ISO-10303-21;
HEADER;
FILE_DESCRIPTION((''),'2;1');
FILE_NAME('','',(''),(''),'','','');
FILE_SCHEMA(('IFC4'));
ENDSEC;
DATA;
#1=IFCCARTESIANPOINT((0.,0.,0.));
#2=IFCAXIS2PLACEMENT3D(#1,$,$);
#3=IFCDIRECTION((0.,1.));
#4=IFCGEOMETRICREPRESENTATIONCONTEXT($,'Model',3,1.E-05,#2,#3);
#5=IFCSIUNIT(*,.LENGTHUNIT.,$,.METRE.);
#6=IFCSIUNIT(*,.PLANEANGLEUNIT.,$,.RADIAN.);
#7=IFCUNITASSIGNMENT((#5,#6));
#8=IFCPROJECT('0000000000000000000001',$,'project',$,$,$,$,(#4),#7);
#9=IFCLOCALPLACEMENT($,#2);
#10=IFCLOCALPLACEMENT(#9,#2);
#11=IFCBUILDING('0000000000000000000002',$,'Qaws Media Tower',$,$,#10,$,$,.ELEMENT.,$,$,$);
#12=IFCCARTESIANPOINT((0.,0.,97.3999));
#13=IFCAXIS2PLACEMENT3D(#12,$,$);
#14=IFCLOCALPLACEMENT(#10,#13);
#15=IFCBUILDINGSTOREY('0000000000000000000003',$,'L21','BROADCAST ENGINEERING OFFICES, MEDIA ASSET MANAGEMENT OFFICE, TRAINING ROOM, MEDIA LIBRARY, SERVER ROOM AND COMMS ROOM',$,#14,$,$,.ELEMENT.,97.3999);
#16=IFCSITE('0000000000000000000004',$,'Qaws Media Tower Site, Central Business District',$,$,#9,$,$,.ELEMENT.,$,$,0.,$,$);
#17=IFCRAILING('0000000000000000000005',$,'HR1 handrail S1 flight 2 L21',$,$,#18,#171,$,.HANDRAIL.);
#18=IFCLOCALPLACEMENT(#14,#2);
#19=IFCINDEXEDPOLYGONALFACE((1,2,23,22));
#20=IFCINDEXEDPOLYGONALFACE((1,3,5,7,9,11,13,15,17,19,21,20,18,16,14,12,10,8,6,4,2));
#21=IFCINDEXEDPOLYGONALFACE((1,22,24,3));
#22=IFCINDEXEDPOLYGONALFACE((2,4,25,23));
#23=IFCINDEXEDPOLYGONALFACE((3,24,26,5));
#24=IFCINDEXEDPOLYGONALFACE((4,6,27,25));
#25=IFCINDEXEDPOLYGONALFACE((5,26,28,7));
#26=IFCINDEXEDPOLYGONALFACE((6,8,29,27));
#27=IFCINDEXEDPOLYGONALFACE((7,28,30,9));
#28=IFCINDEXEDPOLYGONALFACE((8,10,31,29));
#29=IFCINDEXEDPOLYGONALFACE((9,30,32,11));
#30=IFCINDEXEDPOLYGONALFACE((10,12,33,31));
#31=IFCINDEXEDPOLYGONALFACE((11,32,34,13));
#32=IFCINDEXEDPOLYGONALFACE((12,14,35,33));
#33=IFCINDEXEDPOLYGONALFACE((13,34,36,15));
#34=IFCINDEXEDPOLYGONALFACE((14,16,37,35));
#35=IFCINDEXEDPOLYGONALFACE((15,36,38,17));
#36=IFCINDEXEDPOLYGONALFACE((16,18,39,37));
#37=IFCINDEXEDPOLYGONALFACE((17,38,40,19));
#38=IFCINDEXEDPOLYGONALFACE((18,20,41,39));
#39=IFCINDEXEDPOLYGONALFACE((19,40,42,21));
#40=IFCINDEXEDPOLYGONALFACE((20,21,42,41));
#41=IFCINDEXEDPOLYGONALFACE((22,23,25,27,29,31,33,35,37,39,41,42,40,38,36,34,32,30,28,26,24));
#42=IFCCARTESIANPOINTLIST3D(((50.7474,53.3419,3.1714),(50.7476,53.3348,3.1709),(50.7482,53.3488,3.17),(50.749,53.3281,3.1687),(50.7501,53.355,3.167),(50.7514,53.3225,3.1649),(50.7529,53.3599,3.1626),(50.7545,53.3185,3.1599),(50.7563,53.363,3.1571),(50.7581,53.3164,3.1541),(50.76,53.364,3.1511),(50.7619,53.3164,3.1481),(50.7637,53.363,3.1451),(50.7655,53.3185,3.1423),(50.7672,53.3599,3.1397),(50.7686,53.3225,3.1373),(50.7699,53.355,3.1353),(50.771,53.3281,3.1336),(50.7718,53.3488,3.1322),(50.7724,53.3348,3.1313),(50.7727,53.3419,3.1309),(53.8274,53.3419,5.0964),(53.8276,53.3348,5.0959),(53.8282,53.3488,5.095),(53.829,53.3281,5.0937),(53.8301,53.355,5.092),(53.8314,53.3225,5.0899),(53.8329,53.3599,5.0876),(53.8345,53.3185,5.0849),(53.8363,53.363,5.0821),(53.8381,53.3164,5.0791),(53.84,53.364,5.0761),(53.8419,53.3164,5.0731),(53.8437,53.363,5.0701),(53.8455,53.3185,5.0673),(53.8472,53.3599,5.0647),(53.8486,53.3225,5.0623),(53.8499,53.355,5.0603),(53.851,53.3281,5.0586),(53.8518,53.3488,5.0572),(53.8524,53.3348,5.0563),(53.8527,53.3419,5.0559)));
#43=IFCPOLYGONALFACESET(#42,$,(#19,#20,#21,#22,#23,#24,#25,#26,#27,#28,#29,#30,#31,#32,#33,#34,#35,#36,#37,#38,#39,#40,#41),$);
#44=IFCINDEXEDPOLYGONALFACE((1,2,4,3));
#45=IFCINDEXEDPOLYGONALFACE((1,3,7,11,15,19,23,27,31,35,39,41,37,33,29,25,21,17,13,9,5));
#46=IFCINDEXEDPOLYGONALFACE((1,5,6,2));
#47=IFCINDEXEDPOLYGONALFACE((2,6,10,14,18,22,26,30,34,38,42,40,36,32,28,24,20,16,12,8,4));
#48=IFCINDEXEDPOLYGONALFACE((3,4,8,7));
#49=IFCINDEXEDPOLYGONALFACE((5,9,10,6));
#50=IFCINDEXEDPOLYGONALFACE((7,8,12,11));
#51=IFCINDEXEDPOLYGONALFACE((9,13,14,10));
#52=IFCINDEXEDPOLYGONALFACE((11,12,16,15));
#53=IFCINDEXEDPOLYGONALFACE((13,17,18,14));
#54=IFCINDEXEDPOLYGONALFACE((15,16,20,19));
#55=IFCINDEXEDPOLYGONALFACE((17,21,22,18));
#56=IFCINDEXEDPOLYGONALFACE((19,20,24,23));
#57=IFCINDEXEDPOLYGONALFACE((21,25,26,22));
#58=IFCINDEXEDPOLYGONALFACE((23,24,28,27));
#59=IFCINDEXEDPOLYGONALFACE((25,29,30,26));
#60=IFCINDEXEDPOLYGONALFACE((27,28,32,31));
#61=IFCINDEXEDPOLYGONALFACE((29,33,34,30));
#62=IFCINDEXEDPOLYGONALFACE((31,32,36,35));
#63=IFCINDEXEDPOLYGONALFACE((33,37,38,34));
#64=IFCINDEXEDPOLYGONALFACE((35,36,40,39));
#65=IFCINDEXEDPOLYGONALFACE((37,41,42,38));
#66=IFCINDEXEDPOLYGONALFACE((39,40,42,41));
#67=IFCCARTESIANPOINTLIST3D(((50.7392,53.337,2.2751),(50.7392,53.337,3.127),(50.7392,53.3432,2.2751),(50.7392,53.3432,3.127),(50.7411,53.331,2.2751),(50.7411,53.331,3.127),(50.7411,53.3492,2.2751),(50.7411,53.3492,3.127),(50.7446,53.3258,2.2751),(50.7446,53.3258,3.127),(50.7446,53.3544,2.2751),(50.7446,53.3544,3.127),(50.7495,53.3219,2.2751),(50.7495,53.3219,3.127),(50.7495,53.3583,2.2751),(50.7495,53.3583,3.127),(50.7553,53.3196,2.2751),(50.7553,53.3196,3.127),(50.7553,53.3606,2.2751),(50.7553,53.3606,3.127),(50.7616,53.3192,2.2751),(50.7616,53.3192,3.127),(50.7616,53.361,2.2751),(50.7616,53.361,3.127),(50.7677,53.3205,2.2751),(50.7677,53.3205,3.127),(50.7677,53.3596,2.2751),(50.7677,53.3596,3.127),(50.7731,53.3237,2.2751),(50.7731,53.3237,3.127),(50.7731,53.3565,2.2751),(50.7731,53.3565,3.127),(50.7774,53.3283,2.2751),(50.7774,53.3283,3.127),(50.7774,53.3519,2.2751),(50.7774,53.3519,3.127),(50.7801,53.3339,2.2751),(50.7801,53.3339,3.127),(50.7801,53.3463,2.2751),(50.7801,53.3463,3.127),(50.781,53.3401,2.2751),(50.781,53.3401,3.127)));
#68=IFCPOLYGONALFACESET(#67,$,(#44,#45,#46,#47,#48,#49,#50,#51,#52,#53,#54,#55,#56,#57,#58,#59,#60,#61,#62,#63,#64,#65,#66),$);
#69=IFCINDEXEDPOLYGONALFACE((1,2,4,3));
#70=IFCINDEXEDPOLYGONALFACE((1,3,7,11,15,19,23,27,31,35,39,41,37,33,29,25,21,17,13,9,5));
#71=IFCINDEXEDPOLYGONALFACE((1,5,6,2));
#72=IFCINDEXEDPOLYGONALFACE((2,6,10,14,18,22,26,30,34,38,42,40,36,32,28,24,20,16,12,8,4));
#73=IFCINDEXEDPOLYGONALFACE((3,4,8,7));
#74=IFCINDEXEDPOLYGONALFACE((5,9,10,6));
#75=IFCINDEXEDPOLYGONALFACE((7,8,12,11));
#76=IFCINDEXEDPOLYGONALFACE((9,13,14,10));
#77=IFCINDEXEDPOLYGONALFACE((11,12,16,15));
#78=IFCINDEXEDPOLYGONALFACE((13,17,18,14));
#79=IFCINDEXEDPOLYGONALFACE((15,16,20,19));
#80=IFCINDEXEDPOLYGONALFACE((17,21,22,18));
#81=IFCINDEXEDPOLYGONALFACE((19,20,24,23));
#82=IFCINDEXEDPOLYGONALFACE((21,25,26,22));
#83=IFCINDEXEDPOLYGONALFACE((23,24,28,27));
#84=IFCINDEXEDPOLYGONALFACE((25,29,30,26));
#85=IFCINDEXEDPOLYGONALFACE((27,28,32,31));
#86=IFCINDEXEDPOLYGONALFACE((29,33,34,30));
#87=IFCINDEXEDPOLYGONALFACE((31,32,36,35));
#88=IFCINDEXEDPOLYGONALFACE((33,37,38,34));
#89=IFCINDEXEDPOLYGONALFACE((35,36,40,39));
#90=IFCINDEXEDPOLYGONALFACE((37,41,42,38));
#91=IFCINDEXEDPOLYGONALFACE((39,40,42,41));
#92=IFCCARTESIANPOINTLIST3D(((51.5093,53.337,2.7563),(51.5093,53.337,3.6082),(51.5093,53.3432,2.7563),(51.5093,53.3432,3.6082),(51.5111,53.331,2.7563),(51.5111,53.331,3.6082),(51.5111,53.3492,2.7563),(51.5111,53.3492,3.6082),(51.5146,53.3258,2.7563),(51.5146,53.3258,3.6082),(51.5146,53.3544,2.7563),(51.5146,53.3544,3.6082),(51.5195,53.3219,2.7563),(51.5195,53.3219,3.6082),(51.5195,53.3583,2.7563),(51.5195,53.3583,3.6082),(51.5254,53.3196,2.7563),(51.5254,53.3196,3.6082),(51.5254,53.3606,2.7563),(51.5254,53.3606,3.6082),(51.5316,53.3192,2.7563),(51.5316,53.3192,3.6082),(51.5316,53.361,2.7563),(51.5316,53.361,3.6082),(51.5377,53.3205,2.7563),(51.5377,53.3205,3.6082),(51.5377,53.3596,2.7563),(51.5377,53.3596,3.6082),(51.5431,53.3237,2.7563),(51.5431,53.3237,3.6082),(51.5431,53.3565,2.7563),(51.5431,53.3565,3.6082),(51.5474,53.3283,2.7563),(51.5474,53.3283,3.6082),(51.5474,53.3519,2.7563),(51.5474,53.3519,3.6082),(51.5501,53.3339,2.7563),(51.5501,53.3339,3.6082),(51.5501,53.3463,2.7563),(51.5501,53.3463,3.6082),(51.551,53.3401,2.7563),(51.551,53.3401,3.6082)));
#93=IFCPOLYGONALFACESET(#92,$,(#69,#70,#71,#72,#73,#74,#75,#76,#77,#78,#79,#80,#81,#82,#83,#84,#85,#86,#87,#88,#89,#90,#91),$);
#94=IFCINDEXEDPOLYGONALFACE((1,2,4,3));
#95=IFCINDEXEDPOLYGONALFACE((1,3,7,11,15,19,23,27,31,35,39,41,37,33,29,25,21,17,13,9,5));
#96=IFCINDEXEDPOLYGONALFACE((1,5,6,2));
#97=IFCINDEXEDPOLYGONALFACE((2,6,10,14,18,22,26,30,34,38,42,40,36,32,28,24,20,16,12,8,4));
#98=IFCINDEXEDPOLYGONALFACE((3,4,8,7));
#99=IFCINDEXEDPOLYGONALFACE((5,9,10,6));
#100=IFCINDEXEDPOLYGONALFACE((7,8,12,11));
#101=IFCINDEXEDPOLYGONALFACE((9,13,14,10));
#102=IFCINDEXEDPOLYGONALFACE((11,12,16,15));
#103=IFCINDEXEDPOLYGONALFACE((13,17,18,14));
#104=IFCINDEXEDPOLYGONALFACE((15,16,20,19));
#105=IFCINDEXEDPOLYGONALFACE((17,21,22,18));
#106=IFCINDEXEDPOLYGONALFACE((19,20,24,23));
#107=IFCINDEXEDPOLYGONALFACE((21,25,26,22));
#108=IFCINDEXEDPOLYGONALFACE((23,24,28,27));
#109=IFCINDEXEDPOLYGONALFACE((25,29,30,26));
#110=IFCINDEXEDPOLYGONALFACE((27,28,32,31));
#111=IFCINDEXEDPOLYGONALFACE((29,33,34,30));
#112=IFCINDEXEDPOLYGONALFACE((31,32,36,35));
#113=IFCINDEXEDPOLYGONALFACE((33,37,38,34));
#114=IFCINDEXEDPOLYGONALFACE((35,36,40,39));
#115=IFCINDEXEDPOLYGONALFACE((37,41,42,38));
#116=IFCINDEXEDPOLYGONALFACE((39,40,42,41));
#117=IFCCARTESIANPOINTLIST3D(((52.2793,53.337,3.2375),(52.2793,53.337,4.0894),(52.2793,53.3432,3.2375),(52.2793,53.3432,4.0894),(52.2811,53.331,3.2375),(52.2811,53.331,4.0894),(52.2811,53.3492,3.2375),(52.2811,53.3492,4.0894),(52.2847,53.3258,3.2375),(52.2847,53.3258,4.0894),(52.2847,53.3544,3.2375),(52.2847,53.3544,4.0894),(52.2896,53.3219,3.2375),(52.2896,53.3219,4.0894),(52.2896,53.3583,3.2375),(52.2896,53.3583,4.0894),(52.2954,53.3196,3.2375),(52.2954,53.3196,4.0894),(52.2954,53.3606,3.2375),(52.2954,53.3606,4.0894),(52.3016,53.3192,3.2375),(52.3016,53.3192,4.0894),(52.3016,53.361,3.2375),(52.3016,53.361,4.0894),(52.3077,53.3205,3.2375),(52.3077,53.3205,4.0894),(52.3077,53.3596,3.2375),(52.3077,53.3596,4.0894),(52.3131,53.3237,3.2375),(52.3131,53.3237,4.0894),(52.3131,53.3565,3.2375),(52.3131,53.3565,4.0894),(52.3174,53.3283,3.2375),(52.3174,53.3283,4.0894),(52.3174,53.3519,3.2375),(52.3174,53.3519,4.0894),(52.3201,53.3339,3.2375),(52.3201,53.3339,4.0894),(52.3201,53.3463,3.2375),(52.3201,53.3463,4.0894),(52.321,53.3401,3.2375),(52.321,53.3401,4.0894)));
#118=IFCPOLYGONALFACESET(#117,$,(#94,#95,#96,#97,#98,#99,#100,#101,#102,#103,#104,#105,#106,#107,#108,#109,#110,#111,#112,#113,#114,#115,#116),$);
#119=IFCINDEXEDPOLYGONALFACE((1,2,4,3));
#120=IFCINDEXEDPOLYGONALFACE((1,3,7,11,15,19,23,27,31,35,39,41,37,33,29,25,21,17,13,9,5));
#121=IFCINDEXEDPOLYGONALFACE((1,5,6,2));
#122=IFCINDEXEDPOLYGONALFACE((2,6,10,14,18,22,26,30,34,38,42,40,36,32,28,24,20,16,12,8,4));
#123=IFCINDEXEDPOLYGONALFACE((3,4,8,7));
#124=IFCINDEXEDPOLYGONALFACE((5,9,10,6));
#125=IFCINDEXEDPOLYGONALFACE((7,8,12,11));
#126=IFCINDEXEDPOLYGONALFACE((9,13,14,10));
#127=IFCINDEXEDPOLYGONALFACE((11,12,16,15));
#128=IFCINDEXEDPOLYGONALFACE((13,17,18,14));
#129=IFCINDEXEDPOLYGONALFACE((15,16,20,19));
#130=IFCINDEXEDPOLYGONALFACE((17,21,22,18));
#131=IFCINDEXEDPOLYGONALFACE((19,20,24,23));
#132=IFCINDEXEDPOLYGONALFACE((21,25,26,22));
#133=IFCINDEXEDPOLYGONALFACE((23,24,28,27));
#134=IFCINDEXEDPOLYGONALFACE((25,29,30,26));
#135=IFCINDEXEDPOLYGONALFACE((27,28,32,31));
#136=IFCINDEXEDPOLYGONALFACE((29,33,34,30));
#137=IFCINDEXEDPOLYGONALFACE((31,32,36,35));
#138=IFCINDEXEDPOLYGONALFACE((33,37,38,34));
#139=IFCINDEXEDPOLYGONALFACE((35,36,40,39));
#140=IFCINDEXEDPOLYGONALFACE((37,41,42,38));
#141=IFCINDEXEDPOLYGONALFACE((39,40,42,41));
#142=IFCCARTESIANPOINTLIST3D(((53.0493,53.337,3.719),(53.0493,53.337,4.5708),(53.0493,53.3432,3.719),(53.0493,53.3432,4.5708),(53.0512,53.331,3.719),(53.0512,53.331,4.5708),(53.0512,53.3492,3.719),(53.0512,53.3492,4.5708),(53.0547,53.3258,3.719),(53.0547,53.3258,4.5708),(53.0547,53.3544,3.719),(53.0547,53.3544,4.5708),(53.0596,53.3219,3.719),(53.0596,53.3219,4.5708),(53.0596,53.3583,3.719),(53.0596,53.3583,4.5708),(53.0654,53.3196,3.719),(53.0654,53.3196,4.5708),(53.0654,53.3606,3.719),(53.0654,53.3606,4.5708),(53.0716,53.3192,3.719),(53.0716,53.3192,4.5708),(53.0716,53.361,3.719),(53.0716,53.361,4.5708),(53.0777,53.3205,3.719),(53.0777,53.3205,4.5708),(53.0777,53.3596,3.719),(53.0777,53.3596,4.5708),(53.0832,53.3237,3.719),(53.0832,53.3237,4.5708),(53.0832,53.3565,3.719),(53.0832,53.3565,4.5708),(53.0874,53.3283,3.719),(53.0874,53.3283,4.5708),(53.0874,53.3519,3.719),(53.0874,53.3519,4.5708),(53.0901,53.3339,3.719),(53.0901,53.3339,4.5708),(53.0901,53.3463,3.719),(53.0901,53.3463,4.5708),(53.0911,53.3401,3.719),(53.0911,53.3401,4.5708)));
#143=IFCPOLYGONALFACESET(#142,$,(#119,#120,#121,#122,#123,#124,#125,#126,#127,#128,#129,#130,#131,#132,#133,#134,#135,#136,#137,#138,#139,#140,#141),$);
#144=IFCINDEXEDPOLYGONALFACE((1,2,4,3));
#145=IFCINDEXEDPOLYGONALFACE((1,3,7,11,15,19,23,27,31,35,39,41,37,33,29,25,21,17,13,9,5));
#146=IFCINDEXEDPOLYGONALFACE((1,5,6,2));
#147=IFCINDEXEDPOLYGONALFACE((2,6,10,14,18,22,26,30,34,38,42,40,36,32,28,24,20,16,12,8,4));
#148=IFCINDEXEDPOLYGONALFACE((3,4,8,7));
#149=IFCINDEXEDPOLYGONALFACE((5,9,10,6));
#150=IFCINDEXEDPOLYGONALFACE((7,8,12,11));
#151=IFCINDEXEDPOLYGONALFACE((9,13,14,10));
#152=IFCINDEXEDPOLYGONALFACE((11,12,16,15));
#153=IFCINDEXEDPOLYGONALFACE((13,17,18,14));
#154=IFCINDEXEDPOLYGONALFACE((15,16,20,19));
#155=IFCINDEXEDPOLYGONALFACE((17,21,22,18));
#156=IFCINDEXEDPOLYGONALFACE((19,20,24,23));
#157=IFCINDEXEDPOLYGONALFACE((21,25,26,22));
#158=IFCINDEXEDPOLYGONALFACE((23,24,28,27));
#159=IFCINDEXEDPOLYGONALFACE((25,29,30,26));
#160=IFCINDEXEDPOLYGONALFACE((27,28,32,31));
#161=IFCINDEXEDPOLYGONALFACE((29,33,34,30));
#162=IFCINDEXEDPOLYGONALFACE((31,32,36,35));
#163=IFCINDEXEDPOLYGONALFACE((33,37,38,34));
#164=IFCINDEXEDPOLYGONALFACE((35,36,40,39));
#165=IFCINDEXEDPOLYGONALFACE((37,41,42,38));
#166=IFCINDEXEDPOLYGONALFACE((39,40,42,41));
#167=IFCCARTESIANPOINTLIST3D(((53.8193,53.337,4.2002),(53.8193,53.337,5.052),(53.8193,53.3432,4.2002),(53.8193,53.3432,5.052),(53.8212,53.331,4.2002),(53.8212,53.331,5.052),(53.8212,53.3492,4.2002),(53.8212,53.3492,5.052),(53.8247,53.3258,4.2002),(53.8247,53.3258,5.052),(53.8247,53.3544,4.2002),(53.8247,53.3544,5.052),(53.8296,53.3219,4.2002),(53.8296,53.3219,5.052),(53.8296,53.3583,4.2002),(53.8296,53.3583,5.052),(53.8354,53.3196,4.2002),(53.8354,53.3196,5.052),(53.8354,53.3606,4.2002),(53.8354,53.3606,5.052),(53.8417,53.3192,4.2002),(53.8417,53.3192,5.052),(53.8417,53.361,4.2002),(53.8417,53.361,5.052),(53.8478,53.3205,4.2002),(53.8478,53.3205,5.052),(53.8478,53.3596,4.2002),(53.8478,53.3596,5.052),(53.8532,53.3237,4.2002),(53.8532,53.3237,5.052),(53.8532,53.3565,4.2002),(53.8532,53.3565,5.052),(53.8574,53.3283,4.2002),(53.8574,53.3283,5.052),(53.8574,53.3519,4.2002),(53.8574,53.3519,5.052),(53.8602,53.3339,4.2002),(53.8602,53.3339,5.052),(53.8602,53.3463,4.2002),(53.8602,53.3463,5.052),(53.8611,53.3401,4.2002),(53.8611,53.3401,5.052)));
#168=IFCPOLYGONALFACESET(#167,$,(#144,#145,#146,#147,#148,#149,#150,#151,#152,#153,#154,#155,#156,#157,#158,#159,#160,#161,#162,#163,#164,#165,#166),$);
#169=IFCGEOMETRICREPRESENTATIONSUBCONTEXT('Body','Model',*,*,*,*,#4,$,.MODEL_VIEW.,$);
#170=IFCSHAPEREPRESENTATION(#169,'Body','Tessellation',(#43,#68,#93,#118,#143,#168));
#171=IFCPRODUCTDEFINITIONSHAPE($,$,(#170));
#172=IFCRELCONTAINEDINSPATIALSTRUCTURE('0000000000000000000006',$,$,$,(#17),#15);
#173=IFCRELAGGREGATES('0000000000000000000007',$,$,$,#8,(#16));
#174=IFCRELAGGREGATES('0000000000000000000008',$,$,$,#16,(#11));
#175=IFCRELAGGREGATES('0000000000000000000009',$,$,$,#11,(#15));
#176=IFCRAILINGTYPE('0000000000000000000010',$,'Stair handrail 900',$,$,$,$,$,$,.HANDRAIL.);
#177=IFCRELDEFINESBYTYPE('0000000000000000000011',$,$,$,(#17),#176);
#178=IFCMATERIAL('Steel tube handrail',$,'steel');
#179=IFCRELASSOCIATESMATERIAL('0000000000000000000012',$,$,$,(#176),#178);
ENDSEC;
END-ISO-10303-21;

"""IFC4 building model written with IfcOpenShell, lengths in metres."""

from ifc_helpers import new_model, si_unit, direction, frame, origin, origin_2d, place, context, subcontext, project, spatial, circle, extrude, material, type_object, element, save


model = new_model("IFC4")

# Units and contexts
model_context = context("Model", 3, precision=1e-05, world=origin(), true_north=direction((0.0, 1.0)))
body_context = subcontext(model_context, "Body", "Model", "MODEL_VIEW")
ifc_project = project(units=[si_unit("LENGTHUNIT", "METRE"), si_unit("PLANEANGLEUNIT", "RADIAN")], contexts=[model_context])

# Site, building, storey
site_placement = place(None, origin())
site = spatial("IfcSite", under=ifc_project, at=site_placement, Name="Qaws Media Tower Site, Central Business District", CompositionType="ELEMENT", RefElevation=0.0)
building_placement = place(site_placement, origin())
building = spatial("IfcBuilding", under=site, at=building_placement, Name="Qaws Media Tower", CompositionType="ELEMENT")
storey_placement = place(building_placement, frame((0.0, 0.0, 97.3999)))
storey = spatial("IfcBuildingStorey", under=building, at=storey_placement, Name="L21", Description="BROADCAST ENGINEERING OFFICES, MEDIA ASSET MANAGEMENT OFFICE, TRAINING ROOM, MEDIA LIBRARY, SERVER ROOM AND COMMS ROOM", CompositionType="ELEMENT", Elevation=97.3999)

# Railing
ifc_material_1 = material(Name="Steel tube handrail", Category="steel")
railing_type = type_object("IfcRailingType", Name="Stair handrail 900", PredefinedType="HANDRAIL", material=ifc_material_1)
for number, where, name in (
    (1, (50.76, 53.3401, 2.2751), "HR1 handrail S1 flight 2 L21"),
):
    element("IfcRailing", number, at=place(storey_placement, frame(where)), inside=storey, type_object=railing_type, Name=name, PredefinedType="HANDRAIL", context=body_context, shape_type="SweptSolid", body=[
        extrude(circle(Radius=0.0239, at=origin_2d()), frame((0.0, 0.0, 0.876), z_axis=(0.847998, 0.0, 0.529999), x_axis=(0.0, 1.0, 0.0)), (0.0, 0.0, 1.0), 3.6321),
        extrude(circle(Radius=0.021, at=origin_2d()), origin(), (0.0, 0.0, 1.0), 0.8518),
        extrude(circle(Radius=0.021, at=origin_2d()), frame((0.77, 0.0, 0.4812)), (0.0, 0.0, 1.0), 0.8518),
        extrude(circle(Radius=0.021, at=origin_2d()), frame((1.54, 0.0, 0.9624)), (0.0, 0.0, 1.0), 0.8518),
        extrude(circle(Radius=0.021, at=origin_2d()), frame((2.3101, 0.0, 1.4438)), (0.0, 0.0, 1.0), 0.8518),
        extrude(circle(Radius=0.021, at=origin_2d()), frame((3.0801, 0.0, 1.925)), (0.0, 0.0, 1.0), 0.8518),
    ])

save(model, "model.ifc")
